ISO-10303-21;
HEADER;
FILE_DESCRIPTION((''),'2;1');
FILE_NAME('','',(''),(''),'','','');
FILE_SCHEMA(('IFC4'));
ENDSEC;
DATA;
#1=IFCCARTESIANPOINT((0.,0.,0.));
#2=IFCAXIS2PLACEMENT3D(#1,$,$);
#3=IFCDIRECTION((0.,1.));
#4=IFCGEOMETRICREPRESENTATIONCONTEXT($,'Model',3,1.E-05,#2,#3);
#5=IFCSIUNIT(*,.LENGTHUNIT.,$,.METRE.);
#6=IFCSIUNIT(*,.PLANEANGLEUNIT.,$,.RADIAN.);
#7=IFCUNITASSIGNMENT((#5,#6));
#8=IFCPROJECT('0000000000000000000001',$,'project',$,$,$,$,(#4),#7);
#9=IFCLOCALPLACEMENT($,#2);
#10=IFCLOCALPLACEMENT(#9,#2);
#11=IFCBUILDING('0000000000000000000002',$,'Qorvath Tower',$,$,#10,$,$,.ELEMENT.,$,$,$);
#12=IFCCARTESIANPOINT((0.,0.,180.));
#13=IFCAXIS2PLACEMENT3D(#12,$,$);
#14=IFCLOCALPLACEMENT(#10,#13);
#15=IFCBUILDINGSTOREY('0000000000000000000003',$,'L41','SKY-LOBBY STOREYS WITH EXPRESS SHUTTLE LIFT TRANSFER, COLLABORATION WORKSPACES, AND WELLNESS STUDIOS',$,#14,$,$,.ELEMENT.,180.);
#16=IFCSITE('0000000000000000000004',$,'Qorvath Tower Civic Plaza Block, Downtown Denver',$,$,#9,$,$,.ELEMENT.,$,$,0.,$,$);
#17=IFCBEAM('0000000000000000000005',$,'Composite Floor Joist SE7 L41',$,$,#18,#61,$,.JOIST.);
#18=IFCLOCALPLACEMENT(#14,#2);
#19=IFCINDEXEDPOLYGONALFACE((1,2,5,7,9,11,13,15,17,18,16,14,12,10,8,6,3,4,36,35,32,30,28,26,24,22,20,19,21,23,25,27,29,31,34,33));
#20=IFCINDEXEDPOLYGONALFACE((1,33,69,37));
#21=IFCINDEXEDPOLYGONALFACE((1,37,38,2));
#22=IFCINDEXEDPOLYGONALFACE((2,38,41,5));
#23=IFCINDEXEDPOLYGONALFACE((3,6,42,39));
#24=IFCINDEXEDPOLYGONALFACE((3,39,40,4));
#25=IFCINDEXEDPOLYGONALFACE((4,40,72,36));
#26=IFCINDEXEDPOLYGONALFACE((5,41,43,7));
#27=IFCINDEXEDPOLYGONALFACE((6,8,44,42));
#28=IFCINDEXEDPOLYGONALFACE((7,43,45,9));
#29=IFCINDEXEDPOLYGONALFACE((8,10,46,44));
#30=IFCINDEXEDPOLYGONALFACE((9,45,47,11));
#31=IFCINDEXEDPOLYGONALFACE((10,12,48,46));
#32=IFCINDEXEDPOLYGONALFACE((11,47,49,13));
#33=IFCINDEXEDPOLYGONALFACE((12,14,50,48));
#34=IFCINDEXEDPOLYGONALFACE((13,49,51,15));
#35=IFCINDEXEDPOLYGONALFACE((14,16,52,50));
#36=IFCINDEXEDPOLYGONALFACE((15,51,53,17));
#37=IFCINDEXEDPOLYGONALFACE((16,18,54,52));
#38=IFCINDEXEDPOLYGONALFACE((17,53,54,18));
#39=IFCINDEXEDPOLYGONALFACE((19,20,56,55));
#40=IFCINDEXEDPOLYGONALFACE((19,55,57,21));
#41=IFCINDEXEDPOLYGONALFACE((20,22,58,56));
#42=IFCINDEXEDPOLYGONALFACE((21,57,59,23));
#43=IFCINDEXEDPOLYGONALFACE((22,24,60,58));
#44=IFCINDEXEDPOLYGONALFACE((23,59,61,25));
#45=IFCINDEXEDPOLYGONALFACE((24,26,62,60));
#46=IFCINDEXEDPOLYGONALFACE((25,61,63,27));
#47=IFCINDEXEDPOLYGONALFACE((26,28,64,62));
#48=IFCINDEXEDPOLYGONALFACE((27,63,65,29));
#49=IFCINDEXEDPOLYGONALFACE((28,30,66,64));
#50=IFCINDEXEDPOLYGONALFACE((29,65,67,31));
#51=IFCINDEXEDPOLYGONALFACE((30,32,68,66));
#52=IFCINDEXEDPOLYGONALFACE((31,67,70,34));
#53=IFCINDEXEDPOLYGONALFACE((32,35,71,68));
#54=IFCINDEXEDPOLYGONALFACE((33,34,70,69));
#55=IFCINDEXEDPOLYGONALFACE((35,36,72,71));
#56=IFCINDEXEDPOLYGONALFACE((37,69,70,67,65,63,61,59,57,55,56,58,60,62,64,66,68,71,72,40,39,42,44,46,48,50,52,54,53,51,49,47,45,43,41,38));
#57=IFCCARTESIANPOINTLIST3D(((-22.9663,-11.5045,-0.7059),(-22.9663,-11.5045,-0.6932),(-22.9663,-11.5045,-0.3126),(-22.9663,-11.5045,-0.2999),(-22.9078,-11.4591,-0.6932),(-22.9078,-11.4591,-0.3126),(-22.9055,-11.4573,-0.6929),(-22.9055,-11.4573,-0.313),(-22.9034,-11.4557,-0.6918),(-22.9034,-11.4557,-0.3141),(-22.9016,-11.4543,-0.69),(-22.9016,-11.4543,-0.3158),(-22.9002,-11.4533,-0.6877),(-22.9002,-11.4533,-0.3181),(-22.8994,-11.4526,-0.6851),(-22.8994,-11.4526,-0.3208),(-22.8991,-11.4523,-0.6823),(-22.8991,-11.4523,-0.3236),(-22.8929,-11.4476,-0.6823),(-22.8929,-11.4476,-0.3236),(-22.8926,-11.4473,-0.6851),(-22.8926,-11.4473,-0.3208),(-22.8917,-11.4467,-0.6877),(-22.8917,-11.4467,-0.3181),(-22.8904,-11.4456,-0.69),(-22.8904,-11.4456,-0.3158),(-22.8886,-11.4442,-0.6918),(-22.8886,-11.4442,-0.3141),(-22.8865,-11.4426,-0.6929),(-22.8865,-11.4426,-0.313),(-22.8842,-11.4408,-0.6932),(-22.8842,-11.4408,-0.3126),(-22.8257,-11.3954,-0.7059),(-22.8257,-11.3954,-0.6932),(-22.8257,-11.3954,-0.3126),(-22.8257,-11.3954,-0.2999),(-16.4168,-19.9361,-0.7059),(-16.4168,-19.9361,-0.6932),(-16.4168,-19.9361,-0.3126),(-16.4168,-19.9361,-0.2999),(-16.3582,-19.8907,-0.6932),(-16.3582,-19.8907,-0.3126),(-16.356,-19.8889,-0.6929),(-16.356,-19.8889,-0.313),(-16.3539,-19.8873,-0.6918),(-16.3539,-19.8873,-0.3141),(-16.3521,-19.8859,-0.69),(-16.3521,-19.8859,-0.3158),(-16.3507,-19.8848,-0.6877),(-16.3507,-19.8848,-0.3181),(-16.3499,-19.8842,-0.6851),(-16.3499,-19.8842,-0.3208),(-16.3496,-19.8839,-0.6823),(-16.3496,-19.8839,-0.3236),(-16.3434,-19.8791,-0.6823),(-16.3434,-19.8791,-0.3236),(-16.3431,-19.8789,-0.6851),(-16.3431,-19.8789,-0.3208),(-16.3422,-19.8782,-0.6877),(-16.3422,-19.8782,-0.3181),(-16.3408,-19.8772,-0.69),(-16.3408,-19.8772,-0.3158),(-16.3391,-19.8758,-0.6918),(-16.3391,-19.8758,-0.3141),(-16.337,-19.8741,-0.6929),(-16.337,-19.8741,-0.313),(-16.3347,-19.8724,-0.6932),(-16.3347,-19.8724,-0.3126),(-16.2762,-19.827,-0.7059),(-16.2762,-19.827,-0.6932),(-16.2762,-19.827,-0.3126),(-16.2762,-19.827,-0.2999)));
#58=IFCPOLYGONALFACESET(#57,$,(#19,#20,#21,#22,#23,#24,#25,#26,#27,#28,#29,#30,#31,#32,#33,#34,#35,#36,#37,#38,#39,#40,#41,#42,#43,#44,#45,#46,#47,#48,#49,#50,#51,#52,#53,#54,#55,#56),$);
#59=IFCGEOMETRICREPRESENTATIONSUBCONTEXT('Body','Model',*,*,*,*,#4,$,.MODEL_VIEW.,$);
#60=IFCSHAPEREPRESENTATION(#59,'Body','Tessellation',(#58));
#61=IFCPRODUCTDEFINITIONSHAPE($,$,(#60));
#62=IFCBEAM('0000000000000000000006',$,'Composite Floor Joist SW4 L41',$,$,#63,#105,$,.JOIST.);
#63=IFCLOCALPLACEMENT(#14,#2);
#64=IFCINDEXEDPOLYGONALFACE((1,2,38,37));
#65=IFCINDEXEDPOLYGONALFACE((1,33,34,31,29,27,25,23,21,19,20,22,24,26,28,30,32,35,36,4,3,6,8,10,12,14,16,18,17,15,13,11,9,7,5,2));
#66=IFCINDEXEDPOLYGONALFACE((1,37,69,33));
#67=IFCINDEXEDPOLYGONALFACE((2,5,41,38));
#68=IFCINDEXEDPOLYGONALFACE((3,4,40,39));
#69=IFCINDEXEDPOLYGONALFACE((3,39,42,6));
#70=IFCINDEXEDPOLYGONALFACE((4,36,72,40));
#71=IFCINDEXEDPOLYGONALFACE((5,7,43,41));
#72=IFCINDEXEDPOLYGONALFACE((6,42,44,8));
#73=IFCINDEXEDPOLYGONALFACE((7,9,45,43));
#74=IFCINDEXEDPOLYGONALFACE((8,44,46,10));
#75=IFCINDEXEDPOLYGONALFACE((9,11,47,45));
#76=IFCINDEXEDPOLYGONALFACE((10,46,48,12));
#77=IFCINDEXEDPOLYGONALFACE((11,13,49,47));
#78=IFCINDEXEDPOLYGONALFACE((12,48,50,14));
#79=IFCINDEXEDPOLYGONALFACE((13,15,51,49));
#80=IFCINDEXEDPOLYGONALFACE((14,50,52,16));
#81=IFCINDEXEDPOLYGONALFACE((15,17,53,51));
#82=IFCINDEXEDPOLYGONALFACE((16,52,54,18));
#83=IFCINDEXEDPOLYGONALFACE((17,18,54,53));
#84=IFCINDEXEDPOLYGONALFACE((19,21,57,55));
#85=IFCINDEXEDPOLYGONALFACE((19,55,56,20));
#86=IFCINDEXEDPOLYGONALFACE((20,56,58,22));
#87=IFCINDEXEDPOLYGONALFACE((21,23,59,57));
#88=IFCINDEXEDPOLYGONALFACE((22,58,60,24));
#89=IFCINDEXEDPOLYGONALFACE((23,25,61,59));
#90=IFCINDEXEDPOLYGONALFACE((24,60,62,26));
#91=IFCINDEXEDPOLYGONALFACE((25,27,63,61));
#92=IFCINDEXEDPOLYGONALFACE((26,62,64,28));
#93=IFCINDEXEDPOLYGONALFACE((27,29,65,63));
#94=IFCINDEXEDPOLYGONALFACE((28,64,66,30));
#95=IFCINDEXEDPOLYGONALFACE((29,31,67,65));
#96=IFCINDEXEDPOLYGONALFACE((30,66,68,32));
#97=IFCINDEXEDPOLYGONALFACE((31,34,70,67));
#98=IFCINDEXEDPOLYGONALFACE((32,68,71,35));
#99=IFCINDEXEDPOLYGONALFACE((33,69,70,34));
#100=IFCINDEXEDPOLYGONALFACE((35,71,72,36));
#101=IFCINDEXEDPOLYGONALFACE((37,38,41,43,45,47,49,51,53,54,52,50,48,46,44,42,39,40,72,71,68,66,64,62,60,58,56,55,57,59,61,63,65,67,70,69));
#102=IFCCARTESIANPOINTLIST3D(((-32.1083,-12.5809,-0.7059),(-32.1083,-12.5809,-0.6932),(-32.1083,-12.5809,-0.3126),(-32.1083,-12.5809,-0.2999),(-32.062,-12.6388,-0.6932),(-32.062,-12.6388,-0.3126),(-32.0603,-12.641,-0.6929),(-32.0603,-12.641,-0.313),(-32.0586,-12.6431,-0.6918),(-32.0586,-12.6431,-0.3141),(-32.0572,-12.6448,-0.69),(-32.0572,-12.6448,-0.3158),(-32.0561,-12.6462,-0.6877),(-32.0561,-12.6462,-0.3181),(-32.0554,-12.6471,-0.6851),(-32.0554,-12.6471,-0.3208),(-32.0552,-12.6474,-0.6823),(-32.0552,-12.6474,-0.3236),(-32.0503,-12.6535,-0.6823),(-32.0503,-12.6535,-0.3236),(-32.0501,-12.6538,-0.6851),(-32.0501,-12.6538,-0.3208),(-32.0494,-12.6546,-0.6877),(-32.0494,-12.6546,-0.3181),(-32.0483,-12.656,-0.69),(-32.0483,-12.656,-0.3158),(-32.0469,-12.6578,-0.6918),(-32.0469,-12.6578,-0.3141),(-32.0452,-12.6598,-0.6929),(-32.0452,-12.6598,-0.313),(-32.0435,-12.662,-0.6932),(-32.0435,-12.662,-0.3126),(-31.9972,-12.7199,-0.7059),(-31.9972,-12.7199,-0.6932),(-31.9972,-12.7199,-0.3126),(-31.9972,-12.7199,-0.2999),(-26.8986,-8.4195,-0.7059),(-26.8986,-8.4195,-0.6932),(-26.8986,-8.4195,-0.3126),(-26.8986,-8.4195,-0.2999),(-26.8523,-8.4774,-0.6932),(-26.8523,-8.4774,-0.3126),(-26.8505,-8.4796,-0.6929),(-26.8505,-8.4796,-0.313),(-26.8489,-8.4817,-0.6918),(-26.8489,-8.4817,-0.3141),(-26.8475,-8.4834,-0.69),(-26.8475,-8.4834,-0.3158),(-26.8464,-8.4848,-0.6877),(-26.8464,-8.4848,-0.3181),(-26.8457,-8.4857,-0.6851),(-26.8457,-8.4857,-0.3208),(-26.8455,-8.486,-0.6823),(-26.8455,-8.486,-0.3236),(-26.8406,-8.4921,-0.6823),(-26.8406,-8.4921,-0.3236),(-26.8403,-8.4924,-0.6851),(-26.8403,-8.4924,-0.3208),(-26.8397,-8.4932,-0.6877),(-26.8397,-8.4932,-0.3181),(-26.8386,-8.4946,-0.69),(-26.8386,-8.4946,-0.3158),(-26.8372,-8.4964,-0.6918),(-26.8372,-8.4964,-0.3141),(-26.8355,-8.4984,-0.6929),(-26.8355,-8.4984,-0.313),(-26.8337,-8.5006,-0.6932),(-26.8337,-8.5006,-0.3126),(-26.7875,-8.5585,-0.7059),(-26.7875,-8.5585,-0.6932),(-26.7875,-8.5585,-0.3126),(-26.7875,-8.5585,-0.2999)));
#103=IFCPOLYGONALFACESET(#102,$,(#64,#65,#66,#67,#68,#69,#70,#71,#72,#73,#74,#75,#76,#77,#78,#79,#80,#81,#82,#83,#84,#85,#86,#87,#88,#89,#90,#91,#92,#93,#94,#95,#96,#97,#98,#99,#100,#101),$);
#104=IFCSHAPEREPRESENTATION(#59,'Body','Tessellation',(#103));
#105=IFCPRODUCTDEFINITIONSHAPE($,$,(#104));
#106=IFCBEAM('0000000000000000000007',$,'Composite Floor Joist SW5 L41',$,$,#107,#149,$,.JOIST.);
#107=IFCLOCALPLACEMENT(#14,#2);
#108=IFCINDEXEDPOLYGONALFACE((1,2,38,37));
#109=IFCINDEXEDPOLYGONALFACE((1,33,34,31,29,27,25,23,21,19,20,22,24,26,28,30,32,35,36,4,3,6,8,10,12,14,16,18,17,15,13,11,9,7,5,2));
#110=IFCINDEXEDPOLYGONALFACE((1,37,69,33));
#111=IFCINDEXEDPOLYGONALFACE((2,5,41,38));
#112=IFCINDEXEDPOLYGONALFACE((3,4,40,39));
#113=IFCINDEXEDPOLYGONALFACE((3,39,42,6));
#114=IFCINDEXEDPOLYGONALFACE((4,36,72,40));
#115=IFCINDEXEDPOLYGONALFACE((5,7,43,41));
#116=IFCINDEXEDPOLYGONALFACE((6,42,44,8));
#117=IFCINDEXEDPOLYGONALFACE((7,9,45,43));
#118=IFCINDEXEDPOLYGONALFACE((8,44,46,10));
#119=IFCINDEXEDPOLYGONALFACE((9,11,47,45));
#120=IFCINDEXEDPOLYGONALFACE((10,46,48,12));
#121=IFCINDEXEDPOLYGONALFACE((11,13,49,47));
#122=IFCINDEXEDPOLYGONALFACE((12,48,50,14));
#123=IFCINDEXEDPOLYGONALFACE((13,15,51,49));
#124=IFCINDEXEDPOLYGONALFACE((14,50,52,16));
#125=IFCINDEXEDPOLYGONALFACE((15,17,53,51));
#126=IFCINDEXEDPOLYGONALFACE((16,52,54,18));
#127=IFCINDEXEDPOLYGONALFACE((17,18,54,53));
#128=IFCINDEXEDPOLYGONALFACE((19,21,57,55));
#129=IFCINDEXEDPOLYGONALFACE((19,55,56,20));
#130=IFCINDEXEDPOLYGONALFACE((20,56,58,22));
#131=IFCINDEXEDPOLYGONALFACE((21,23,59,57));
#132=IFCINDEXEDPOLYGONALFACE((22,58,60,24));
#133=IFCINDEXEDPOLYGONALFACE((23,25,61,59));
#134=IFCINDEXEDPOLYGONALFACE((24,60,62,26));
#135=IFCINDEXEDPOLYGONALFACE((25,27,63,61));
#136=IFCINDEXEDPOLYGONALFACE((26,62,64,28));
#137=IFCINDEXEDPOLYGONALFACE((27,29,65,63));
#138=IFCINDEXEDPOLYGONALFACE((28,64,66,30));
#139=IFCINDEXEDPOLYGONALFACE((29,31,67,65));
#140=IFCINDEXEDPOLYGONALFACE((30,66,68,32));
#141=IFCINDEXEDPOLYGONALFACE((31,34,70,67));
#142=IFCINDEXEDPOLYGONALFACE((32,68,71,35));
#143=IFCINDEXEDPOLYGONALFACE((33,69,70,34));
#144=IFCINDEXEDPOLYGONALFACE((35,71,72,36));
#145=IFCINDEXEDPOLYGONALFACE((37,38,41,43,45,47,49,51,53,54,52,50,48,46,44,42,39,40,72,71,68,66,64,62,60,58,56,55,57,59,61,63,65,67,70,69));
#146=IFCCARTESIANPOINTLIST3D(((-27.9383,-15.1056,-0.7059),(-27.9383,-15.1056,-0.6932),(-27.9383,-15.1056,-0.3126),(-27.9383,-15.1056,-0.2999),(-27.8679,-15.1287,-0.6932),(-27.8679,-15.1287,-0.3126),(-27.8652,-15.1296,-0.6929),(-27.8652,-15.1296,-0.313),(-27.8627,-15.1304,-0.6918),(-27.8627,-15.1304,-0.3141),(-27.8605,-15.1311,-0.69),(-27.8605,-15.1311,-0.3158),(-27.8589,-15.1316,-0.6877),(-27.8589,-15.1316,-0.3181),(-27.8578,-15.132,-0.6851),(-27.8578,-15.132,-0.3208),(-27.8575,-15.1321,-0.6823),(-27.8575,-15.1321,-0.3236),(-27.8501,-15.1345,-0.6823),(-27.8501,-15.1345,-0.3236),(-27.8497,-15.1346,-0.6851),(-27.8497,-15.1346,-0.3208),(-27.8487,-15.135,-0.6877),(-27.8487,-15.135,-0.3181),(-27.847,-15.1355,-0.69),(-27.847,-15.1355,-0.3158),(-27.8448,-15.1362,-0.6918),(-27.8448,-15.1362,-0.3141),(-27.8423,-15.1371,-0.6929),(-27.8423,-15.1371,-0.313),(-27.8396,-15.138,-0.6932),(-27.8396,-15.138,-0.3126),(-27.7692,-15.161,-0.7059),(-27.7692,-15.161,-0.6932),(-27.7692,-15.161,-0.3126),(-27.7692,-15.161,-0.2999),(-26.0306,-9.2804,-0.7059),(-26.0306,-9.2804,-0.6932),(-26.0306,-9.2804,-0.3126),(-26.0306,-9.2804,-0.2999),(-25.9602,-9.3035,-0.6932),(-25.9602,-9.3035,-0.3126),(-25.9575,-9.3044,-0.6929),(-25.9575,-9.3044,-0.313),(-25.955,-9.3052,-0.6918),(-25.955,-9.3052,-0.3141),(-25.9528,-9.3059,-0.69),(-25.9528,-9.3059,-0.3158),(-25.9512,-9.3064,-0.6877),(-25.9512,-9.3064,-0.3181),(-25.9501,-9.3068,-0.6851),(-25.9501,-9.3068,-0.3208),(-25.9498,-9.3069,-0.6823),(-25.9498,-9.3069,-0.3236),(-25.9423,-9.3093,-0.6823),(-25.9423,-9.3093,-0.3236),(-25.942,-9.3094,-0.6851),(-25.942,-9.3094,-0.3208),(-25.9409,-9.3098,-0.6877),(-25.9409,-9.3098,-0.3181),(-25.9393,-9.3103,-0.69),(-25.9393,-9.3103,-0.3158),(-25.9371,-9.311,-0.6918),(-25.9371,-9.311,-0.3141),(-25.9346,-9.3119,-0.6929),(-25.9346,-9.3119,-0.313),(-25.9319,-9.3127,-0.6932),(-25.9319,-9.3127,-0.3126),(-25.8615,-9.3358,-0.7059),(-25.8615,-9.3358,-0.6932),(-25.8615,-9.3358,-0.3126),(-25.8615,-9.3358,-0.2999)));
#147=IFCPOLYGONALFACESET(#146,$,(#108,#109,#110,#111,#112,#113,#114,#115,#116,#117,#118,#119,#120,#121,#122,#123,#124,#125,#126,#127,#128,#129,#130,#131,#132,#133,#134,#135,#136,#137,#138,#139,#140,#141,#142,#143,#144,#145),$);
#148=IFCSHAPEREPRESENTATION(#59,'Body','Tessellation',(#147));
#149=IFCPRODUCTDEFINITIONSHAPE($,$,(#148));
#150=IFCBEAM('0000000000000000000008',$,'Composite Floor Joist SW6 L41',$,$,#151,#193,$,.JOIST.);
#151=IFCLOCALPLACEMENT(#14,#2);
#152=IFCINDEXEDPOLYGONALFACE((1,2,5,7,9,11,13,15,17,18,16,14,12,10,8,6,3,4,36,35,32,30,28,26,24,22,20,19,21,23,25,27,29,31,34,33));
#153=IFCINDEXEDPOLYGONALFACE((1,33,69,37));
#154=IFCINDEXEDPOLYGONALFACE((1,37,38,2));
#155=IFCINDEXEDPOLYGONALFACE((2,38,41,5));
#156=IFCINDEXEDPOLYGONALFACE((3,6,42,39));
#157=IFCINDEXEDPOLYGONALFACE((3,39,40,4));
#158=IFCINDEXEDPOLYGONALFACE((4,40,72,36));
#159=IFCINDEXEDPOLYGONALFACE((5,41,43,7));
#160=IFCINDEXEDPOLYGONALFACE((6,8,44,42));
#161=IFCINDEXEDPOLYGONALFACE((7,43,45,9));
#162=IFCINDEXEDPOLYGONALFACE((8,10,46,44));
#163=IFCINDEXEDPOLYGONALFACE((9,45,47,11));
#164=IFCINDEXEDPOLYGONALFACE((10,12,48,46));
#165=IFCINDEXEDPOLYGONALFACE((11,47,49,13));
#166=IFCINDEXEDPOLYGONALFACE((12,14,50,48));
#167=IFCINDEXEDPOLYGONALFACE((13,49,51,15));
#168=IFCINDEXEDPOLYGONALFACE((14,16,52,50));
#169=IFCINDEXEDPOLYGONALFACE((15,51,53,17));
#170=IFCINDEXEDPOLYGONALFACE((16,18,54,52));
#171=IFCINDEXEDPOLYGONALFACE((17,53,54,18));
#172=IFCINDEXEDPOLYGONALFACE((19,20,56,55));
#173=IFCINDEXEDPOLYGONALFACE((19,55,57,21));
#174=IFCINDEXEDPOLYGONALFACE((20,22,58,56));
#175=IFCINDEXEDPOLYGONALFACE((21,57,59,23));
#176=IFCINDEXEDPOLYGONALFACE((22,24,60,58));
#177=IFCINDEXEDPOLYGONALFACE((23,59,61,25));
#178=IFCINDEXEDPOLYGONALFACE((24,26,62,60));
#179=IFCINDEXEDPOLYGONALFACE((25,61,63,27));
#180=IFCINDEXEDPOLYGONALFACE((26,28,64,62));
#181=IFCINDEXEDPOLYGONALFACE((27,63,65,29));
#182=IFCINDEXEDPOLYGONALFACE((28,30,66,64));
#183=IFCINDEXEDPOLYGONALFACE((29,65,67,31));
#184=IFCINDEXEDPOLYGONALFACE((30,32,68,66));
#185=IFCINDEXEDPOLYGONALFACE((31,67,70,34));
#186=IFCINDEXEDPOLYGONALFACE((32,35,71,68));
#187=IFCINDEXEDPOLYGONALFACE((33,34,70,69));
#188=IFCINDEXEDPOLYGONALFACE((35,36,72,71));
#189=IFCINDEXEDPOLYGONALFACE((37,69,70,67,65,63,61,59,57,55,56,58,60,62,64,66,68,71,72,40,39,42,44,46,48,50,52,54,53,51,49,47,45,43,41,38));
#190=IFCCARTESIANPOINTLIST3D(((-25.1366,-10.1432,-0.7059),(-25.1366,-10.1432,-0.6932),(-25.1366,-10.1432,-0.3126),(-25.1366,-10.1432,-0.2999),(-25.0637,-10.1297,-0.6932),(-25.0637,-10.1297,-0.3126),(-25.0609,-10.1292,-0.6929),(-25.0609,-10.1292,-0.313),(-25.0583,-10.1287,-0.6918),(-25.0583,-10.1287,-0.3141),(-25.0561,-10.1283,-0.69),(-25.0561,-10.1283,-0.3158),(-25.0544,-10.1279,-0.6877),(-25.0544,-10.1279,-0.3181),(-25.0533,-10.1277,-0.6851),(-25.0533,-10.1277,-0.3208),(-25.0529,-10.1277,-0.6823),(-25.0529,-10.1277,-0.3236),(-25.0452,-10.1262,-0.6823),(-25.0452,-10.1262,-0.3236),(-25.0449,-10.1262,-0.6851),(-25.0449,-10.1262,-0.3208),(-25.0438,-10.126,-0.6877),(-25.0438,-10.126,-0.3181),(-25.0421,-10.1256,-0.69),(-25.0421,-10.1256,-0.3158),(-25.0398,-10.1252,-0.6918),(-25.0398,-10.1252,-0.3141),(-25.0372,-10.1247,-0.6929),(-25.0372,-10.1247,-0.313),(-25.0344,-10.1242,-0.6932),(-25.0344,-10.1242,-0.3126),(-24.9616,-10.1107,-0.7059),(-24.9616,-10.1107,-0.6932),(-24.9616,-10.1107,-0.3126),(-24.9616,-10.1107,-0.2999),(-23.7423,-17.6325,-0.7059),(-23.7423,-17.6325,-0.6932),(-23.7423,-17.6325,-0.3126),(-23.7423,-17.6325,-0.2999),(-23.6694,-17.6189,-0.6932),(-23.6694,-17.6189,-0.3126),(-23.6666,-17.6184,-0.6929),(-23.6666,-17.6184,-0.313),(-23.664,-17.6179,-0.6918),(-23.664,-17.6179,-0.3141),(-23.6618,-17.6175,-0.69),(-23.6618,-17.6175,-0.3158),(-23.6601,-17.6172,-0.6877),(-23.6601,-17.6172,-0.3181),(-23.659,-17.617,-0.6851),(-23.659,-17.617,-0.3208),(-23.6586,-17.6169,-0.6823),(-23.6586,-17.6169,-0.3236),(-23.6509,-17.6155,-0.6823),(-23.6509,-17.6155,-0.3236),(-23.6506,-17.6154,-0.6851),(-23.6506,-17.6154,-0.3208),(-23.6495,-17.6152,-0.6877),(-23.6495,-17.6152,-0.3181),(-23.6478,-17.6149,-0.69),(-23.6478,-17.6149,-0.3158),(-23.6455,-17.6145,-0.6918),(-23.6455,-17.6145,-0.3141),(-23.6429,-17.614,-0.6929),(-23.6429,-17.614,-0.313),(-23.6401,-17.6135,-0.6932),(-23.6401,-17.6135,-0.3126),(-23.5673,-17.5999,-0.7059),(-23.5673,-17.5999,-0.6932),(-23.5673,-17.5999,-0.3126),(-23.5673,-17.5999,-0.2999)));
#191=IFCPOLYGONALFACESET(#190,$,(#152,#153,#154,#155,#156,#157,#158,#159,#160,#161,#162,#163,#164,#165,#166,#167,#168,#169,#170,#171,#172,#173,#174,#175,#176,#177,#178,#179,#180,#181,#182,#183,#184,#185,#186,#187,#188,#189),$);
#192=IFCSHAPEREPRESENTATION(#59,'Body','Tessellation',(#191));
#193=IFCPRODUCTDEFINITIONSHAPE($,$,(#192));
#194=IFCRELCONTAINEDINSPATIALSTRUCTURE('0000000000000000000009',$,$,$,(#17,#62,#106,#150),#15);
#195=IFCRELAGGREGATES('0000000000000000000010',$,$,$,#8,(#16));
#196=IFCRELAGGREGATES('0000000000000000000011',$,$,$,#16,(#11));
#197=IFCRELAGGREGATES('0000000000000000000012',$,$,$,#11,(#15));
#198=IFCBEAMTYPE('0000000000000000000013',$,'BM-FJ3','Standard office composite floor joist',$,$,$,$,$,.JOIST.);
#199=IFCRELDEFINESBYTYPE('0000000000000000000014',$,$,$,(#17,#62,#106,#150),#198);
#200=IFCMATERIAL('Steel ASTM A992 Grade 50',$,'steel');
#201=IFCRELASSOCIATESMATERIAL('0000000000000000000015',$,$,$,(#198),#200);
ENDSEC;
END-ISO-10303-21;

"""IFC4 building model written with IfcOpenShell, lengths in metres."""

from ifc_helpers import new_model, si_unit, direction, frame, origin, origin_2d, place, context, subcontext, project, spatial, i_section, extrude, material, material_profile, profile_set, type_object, element, save


model = new_model("IFC4")

# Units and contexts
model_context = context("Model", 3, precision=1e-05, world=origin(), true_north=direction((0.0, 1.0)))
body_context = subcontext(model_context, "Body", "Model", "MODEL_VIEW")
ifc_project = project(units=[si_unit("LENGTHUNIT", "METRE"), si_unit("PLANEANGLEUNIT", "RADIAN")], contexts=[model_context])

# Site, building, storey
site_placement = place(None, origin())
site = spatial("IfcSite", under=ifc_project, at=site_placement, Name="Qorvath Tower Civic Plaza Block, Downtown Denver", CompositionType="ELEMENT", RefElevation=0.0)
building_placement = place(site_placement, origin())
building = spatial("IfcBuilding", under=site, at=building_placement, Name="Qorvath Tower", CompositionType="ELEMENT")
storey_placement = place(building_placement, frame((0.0, 0.0, 180.0)))
storey = spatial("IfcBuildingStorey", under=building, at=storey_placement, Name="L41", Description="SKY-LOBBY STOREYS WITH EXPRESS SHUTTLE LIFT TRANSFER, COLLABORATION WORKSPACES, AND WELLNESS STUDIOS", CompositionType="ELEMENT", Elevation=180.0)

# Beams
ifc_material_1 = material(Name="Steel ASTM A992 Grade 50", Category="steel")
ifc_material_profile_1 = material_profile(ifc_material_1, i_section(OverallWidth=0.178, OverallDepth=0.406, WebThickness=0.0078, FlangeThickness=0.0127, FilletRadius=0.011, at=origin_2d()), Name="W16x40")
ifc_profile_set_1 = profile_set([ifc_material_profile_1], Name="Steel ASTM A992 Grade 50")
beam_type_1 = type_object("IfcBeamType", Name="BM-FJ3", Description="Standard office composite floor joist", PredefinedType="JOIST", material=ifc_profile_set_1)
beam_1_placement = place(storey_placement, frame((-22.896, -11.45, -0.5029), z_axis=(0.613451, -0.789733, 0.0), x_axis=(0.789733, 0.613451, 0.0)))
element("IfcBeam", 1, at=beam_1_placement, inside=storey, type_object=beam_type_1, Name="Composite Floor Joist SE7 L41", PredefinedType="JOIST", context=body_context, shape_type="SweptSolid", body=[
    extrude(i_section(OverallWidth=0.178, OverallDepth=0.406, WebThickness=0.0078, FlangeThickness=0.0127, FilletRadius=0.011, at=origin_2d()), origin(), (0.0, 0.0, 1.0), 10.6765),
])
beam_2_placement = place(storey_placement, frame((-26.843, -8.489, -0.5029), z_axis=(-0.781337, -0.62411, 0.0), x_axis=(0.62411, -0.781337, 0.0)))
element("IfcBeam", 2, at=beam_2_placement, inside=storey, type_object=beam_type_1, Name="Composite Floor Joist SW4 L41", PredefinedType="JOIST", context=body_context, shape_type="SweptSolid", body=[
    extrude(i_section(OverallWidth=0.178, OverallDepth=0.406, WebThickness=0.0078, FlangeThickness=0.0127, FilletRadius=0.011, at=origin_2d()), origin(), (0.0, 0.0, 1.0), 6.6677),
])
beam_3_placement = place(storey_placement, frame((-25.946, -9.3081, -0.5029), z_axis=(-0.311229, -0.950335, 0.0), x_axis=(0.950335, -0.311229, 0.0)))
element("IfcBeam", 3, at=beam_3_placement, inside=storey, type_object=beam_type_1, Name="Composite Floor Joist SW5 L41", PredefinedType="JOIST", context=body_context, shape_type="SweptSolid", body=[
    extrude(i_section(OverallWidth=0.178, OverallDepth=0.406, WebThickness=0.0078, FlangeThickness=0.0127, FilletRadius=0.011, at=origin_2d()), origin(), (0.0, 0.0, 1.0), 6.1296),
])
beam_4_placement = place(storey_placement, frame((-25.0491, -10.127, -0.5029), z_axis=(0.183027, -0.983108, 0.0), x_axis=(0.983108, 0.183027, 0.0)))
element("IfcBeam", 4, at=beam_4_placement, inside=storey, type_object=beam_type_1, Name="Composite Floor Joist SW6 L41", PredefinedType="JOIST", context=body_context, shape_type="SweptSolid", body=[
    extrude(i_section(OverallWidth=0.178, OverallDepth=0.406, WebThickness=0.0078, FlangeThickness=0.0127, FilletRadius=0.011, at=origin_2d()), origin(), (0.0, 0.0, 1.0), 7.6179),
])

save(model, "model.ifc")
